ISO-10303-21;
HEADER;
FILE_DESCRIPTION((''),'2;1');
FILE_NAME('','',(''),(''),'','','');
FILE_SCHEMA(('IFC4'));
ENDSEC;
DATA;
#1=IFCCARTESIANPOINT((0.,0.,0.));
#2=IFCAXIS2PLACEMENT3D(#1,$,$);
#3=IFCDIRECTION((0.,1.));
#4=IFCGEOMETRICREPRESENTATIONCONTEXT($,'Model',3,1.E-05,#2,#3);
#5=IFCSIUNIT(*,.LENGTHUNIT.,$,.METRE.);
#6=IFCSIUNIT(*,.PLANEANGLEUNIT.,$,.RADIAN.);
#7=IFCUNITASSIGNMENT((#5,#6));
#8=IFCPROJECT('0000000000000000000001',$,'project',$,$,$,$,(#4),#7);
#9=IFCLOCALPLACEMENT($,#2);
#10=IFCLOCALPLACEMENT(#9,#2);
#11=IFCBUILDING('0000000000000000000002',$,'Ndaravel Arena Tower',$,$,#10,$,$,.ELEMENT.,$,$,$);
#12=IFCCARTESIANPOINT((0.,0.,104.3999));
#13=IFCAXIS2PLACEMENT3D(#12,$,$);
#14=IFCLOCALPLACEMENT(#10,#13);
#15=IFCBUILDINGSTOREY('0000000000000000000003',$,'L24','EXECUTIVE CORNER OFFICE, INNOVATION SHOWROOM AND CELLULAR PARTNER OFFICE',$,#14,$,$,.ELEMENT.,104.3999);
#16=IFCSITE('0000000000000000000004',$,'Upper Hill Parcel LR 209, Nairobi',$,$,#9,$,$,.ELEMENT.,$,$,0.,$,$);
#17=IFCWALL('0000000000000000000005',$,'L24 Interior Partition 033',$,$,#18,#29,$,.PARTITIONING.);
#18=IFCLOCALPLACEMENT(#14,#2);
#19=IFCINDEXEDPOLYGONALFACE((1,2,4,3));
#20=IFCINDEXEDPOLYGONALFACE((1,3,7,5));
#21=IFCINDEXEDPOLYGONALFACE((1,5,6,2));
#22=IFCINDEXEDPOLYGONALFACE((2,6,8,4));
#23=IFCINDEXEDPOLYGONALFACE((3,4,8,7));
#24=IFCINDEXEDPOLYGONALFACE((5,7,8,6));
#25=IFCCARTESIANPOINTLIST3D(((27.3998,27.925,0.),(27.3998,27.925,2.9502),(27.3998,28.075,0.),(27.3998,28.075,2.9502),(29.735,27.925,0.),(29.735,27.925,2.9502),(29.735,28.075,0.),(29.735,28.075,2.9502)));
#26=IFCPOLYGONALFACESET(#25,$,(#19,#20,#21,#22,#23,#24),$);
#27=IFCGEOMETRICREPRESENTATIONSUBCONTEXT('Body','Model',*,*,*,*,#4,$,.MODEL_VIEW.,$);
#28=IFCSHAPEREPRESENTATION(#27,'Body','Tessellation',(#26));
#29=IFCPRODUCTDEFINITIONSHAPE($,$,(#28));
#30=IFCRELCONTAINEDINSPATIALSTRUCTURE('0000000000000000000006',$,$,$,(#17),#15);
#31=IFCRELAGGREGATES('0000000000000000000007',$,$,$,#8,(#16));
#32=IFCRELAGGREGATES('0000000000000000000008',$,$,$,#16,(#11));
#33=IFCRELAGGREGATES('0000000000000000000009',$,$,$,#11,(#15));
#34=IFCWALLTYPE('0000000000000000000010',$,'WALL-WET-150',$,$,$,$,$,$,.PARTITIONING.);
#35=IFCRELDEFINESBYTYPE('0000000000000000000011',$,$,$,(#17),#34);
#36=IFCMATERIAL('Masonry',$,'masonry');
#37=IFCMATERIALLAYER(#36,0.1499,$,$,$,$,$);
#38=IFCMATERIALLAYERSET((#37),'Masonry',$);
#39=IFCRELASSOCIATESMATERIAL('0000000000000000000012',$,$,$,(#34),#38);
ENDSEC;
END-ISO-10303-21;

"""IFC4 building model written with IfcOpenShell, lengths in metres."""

from ifc_helpers import new_model, si_unit, direction, frame, frame_2d, origin, place, context, subcontext, project, spatial, rectangle, extrude, material, layer, layer_set, type_object, element, save


model = new_model("IFC4")

# Units and contexts
model_context = context("Model", 3, precision=1e-05, world=origin(), true_north=direction((0.0, 1.0)))
body_context = subcontext(model_context, "Body", "Model", "MODEL_VIEW")
ifc_project = project(units=[si_unit("LENGTHUNIT", "METRE"), si_unit("PLANEANGLEUNIT", "RADIAN")], contexts=[model_context])

# Site, building, storey
site_placement = place(None, origin())
site = spatial("IfcSite", under=ifc_project, at=site_placement, Name="Upper Hill Parcel LR 209, Nairobi", CompositionType="ELEMENT", RefElevation=0.0)
building_placement = place(site_placement, origin())
building = spatial("IfcBuilding", under=site, at=building_placement, Name="Ndaravel Arena Tower", CompositionType="ELEMENT")
storey_placement = place(building_placement, frame((0.0, 0.0, 104.3999)))
storey = spatial("IfcBuildingStorey", under=building, at=storey_placement, Name="L24", Description="EXECUTIVE CORNER OFFICE, INNOVATION SHOWROOM AND CELLULAR PARTNER OFFICE", CompositionType="ELEMENT", Elevation=104.3999)

# Wall
ifc_material_1 = material(Name="Masonry", Category="masonry")
ifc_layer_1 = layer(ifc_material_1, 0.1499)
ifc_layer_set_1 = layer_set([ifc_layer_1], Name="Masonry")
wall_type_1 = type_object("IfcWallType", Name="WALL-WET-150", PredefinedType="PARTITIONING", material=ifc_layer_set_1)
wall_1_placement = place(storey_placement, frame((27.3999, 28.0, 0.0), z_axis=(0.0, 0.0, 1.0), x_axis=(1.0, 0.0, 0.0)))
element("IfcWall", 1, at=wall_1_placement, inside=storey, type_object=wall_type_1, Name="L24 Interior Partition 033", PredefinedType="PARTITIONING", context=body_context, shape_type="SweptSolid", body=[
    extrude(rectangle(XDim=2.3352, YDim=0.1499, at=frame_2d((1.1675, 0.0))), origin(), (0.0, 0.0, 1.0), 2.9502),
])

save(model, "model.ifc")
